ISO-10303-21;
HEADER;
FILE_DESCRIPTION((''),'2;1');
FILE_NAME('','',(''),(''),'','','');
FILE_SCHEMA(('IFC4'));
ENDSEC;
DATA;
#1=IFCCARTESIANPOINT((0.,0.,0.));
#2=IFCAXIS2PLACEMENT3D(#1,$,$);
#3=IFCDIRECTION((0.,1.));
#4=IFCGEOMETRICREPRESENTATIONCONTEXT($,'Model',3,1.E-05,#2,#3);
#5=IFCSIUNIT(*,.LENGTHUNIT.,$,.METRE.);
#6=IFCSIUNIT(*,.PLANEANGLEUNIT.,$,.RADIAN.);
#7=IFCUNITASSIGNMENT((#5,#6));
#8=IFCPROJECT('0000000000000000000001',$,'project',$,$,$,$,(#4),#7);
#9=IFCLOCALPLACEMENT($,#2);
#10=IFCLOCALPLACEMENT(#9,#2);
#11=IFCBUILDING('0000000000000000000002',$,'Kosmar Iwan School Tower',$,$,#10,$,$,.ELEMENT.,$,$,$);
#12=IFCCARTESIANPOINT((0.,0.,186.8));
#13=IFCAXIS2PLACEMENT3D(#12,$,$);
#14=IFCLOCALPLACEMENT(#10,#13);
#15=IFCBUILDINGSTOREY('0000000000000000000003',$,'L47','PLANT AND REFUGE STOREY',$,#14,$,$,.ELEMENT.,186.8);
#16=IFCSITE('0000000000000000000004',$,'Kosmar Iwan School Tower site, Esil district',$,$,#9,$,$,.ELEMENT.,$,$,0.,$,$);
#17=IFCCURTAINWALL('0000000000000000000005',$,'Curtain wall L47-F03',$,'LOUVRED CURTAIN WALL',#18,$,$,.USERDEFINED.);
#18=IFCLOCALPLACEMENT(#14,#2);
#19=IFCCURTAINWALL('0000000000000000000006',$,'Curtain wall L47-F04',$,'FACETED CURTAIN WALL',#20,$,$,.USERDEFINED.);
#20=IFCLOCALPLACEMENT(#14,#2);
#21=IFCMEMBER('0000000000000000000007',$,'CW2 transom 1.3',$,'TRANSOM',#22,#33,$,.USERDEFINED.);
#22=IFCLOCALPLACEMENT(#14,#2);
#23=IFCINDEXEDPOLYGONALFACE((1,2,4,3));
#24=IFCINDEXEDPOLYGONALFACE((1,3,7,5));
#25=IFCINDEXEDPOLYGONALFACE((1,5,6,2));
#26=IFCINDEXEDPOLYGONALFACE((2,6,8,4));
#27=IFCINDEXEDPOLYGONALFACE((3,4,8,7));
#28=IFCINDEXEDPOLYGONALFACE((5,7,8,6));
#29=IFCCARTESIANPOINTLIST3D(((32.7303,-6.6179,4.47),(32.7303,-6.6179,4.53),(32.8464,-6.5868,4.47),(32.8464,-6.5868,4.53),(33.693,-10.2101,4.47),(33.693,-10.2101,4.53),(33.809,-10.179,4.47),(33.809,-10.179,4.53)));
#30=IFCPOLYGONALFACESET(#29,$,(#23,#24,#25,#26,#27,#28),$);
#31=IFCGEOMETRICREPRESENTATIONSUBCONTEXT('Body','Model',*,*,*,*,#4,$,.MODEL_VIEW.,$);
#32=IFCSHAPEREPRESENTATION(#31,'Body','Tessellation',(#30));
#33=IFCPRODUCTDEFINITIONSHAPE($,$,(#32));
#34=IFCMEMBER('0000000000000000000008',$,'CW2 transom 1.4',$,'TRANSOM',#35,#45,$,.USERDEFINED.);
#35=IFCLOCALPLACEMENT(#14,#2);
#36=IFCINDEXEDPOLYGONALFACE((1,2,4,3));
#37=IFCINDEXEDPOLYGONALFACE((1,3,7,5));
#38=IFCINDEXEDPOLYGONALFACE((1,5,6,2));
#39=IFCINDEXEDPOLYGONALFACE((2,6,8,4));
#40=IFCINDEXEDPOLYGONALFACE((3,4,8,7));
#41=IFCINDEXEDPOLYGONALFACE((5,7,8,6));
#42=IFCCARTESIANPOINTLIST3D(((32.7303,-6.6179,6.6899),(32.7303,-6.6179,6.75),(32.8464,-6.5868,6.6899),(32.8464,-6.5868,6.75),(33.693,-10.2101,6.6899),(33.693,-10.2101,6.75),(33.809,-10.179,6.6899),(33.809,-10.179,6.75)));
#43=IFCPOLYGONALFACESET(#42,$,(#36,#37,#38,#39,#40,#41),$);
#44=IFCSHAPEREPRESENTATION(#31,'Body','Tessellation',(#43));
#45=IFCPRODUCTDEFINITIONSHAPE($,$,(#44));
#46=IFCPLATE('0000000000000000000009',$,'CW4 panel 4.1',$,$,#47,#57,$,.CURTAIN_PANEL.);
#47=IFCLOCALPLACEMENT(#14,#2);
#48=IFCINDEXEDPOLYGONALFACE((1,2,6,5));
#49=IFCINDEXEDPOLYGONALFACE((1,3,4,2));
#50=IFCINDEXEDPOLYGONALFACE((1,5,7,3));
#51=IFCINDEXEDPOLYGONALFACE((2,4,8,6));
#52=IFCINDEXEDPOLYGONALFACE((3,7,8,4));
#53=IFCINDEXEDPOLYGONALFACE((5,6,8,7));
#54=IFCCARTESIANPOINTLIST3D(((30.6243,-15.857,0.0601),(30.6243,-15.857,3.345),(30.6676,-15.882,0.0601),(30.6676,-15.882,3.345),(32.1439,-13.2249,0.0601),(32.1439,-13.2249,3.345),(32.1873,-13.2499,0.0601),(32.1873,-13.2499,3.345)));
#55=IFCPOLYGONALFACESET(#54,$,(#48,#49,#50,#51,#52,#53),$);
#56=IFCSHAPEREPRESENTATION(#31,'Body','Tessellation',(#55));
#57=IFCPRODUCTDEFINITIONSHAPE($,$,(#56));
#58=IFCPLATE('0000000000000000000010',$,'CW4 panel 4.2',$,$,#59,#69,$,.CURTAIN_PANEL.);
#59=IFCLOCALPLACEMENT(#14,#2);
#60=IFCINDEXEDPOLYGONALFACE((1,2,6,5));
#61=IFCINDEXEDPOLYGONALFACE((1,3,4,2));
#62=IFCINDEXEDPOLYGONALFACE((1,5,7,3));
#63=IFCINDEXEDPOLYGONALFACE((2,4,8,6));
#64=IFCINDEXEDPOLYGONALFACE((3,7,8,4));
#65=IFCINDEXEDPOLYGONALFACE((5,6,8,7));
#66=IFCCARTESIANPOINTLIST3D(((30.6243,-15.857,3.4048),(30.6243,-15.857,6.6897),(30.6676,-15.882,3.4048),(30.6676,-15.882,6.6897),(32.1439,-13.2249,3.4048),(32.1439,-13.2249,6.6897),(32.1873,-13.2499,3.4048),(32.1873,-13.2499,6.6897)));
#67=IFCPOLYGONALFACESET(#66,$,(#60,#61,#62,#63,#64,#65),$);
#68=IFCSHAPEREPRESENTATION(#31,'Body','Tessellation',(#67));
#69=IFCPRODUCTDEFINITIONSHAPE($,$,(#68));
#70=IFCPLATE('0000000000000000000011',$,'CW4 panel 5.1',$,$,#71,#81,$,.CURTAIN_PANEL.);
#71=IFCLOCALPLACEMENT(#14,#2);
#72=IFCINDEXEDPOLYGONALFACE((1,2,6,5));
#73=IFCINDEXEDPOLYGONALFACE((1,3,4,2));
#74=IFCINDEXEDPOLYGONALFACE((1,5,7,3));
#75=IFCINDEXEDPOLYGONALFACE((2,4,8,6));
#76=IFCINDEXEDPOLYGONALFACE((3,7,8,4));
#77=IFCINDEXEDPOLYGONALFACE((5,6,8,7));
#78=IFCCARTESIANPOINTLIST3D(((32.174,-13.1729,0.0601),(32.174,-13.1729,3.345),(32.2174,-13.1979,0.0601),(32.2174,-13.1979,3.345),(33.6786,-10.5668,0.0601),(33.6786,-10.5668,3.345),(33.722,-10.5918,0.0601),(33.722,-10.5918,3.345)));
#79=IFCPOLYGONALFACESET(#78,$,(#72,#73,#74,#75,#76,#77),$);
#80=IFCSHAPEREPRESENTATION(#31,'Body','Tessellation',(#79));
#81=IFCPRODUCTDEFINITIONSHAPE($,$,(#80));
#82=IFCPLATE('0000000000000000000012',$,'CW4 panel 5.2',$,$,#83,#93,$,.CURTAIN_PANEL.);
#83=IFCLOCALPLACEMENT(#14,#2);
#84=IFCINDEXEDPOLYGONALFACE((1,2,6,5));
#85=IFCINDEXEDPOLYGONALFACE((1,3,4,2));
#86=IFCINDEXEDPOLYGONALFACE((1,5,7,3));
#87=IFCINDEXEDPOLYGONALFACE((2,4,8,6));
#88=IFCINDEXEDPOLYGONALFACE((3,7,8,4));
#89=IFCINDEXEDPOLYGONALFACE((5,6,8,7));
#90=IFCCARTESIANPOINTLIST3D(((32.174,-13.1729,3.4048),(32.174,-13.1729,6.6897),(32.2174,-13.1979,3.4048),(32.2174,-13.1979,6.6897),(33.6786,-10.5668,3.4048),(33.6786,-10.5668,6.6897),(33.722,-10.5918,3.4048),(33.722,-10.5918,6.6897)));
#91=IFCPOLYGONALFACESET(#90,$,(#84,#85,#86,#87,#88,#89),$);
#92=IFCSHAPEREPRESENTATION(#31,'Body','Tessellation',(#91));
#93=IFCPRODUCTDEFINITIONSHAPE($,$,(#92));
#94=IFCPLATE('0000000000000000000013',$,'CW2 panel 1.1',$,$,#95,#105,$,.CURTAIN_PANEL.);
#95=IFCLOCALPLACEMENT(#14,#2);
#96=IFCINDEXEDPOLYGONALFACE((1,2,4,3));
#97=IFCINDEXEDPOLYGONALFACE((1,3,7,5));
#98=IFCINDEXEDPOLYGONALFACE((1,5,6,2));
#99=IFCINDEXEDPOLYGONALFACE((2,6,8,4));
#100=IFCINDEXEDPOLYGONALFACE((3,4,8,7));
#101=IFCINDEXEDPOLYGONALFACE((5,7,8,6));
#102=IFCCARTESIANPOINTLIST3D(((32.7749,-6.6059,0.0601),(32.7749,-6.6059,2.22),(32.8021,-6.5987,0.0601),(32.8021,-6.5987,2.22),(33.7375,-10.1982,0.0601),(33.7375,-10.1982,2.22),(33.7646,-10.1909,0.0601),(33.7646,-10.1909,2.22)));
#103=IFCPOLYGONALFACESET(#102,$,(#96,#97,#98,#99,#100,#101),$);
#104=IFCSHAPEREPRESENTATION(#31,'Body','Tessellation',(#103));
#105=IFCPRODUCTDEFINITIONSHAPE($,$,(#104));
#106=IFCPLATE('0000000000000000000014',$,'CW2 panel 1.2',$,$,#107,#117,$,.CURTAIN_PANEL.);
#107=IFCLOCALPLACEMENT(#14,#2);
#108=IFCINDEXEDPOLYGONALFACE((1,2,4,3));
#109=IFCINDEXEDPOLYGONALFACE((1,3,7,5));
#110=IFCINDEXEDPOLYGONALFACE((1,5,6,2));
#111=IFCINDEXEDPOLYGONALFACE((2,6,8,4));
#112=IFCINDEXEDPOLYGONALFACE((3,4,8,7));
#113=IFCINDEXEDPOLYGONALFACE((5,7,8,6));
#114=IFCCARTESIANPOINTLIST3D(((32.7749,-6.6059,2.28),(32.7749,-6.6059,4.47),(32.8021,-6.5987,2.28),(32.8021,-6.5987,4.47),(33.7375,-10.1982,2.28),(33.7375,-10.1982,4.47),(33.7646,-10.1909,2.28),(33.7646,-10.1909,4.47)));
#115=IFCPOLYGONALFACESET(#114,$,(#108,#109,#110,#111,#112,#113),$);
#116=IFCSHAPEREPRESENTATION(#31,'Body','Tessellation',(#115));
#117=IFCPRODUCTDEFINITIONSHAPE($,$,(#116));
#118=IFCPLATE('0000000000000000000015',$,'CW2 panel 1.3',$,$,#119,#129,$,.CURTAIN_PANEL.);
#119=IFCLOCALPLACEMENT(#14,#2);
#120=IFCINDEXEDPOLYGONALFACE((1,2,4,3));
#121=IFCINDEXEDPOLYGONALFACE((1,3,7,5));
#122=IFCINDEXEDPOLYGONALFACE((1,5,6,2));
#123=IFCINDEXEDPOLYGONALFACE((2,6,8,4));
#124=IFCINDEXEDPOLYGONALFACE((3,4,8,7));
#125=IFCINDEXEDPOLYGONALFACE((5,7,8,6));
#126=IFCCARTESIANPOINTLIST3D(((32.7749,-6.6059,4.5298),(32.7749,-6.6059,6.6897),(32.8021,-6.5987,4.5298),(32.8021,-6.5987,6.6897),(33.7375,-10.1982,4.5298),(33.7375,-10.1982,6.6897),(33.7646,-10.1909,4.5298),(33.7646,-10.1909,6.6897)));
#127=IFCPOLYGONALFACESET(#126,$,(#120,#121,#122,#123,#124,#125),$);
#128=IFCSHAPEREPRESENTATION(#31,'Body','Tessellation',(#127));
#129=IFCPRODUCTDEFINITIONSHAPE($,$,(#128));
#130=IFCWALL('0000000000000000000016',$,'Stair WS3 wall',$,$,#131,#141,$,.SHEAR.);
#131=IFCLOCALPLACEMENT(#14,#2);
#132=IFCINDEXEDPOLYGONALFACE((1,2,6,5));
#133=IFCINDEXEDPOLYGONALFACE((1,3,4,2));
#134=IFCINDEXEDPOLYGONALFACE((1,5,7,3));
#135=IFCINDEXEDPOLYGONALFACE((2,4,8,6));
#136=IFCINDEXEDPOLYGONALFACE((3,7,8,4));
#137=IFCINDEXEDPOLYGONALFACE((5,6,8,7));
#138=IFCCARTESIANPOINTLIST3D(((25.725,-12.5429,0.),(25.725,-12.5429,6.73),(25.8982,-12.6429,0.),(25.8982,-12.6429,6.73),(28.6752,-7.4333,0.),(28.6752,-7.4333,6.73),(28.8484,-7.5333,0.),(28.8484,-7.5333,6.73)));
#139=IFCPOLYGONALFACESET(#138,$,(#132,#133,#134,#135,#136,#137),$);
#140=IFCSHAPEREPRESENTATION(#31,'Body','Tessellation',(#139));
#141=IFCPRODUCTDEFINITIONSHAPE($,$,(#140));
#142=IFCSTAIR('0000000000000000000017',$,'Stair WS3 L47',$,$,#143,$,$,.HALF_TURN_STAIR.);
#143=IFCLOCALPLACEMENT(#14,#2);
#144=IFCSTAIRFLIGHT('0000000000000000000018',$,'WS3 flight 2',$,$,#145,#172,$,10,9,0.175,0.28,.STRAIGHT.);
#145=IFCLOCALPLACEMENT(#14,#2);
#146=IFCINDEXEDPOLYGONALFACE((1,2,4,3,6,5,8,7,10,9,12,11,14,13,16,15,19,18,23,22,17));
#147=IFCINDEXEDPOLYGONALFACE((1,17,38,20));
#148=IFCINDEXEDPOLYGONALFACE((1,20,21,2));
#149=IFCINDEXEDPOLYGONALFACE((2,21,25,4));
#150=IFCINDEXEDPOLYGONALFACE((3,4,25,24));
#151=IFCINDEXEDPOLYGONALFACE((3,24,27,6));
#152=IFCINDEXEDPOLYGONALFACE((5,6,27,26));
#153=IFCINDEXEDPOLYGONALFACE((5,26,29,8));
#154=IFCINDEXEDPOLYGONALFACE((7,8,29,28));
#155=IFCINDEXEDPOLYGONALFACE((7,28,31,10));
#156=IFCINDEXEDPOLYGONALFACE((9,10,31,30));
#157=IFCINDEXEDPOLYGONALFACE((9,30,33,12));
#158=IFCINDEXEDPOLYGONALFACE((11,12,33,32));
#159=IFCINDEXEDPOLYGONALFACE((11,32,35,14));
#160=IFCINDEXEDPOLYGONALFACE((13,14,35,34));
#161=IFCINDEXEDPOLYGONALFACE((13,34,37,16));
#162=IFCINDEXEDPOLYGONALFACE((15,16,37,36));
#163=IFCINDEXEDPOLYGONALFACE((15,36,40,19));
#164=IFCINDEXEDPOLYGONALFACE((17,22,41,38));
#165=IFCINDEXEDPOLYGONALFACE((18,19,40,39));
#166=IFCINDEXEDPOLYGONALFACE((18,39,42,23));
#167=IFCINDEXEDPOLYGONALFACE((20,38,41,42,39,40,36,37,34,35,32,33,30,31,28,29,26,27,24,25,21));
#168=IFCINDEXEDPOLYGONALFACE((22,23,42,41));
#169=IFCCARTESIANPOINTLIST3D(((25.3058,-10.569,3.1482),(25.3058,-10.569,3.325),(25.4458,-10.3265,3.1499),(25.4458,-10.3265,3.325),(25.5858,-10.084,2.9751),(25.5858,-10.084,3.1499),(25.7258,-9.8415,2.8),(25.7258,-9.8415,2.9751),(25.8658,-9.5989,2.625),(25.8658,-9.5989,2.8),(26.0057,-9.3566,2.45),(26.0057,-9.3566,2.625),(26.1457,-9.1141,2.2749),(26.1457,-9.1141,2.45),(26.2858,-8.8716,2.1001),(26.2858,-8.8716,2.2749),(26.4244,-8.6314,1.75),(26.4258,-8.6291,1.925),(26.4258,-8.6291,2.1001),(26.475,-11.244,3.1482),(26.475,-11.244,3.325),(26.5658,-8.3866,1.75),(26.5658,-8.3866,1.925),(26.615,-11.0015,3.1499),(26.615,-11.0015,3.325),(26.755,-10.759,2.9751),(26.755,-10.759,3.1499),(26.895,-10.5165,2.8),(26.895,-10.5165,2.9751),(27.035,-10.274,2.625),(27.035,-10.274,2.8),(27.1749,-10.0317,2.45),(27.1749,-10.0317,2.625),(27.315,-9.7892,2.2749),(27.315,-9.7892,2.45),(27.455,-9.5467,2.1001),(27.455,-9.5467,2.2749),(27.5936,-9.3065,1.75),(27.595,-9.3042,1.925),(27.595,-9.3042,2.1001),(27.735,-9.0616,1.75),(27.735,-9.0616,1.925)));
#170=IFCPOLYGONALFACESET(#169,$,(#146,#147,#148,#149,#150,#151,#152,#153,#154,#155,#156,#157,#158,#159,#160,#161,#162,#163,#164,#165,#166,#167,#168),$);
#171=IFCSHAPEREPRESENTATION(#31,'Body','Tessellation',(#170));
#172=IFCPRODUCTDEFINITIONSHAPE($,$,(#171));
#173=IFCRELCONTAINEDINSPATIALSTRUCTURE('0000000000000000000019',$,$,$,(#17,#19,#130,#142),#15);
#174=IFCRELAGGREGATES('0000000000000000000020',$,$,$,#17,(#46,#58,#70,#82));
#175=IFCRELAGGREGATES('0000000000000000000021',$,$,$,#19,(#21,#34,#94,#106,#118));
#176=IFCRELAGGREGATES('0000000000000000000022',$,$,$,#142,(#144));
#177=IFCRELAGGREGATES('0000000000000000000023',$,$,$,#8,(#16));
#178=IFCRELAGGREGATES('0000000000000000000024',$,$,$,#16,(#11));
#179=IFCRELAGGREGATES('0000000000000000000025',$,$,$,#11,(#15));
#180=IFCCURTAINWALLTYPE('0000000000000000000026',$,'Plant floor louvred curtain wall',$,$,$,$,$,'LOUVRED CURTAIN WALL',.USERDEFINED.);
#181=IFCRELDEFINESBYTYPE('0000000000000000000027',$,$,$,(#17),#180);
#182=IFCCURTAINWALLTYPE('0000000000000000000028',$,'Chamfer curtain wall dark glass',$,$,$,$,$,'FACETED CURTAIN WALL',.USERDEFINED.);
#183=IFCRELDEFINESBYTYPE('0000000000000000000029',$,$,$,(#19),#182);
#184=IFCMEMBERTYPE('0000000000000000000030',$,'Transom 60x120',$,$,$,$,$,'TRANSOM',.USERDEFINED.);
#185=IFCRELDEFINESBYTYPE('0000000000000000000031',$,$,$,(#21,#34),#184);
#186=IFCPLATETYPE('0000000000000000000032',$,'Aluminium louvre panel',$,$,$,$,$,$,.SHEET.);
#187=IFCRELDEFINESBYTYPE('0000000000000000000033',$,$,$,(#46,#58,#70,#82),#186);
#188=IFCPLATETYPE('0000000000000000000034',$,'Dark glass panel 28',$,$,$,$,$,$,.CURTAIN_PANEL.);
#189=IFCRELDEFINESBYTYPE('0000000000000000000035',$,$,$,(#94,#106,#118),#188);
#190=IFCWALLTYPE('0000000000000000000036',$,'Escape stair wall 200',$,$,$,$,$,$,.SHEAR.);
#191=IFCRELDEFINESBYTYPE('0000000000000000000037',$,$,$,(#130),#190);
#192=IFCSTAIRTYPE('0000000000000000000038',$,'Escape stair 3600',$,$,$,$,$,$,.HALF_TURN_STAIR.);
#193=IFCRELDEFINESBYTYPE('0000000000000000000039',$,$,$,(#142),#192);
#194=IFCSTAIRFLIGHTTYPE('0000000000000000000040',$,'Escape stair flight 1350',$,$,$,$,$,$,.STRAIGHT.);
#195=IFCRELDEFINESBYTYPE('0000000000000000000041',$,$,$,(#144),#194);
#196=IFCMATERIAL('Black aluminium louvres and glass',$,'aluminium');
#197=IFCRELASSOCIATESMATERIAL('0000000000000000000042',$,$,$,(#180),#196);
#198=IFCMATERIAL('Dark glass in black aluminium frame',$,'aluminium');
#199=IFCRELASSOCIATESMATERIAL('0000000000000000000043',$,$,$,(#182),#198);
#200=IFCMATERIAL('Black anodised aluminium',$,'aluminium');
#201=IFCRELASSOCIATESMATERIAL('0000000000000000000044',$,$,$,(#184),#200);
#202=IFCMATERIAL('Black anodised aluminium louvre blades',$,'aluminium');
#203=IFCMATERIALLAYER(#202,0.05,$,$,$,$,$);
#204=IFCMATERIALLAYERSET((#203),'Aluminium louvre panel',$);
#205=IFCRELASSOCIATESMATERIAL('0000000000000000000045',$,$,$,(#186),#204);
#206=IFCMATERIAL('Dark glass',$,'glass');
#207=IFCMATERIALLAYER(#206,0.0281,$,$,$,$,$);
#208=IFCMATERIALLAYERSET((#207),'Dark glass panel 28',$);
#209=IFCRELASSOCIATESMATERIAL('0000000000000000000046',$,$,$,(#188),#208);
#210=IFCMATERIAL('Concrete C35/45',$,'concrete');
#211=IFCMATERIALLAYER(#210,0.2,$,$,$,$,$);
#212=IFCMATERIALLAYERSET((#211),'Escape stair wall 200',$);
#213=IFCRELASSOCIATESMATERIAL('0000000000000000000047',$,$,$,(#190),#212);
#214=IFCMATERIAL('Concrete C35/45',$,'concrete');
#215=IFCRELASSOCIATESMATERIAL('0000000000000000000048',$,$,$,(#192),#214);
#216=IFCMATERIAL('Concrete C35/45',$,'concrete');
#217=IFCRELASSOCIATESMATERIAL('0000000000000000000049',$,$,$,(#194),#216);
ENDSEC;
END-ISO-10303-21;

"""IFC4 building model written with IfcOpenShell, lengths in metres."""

from ifc_helpers import new_model, si_unit, direction, frame, frame_2d, origin, origin_2d, place, context, subcontext, project, spatial, polyline, rectangle, outline, extrude, material, layer, layer_set, material_profile, profile_set, type_object, element, aggregate, save


model = new_model("IFC4")

# Units and contexts
model_context = context("Model", 3, precision=1e-05, world=origin(), true_north=direction((0.0, 1.0)))
body_context = subcontext(model_context, "Body", "Model", "MODEL_VIEW")
ifc_project = project(units=[si_unit("LENGTHUNIT", "METRE"), si_unit("PLANEANGLEUNIT", "RADIAN")], contexts=[model_context])

# Site, building, storey
site_placement = place(None, origin())
site = spatial("IfcSite", under=ifc_project, at=site_placement, Name="Kosmar Iwan School Tower site, Esil district", CompositionType="ELEMENT", RefElevation=0.0)
building_placement = place(site_placement, origin())
building = spatial("IfcBuilding", under=site, at=building_placement, Name="Kosmar Iwan School Tower", CompositionType="ELEMENT")
storey_placement = place(building_placement, frame((0.0, 0.0, 186.8)))
storey = spatial("IfcBuildingStorey", under=building, at=storey_placement, Name="L47", Description="PLANT AND REFUGE STOREY", CompositionType="ELEMENT", Elevation=186.8)

# Curtain walls
ifc_material_1 = material(Name="Black aluminium louvres and glass", Category="aluminium")
curtain_wall_type_1 = type_object("IfcCurtainWallType", Name="Plant floor louvred curtain wall", ElementType="LOUVRED CURTAIN WALL", PredefinedType="USERDEFINED", material=ifc_material_1)
curtain_wall_1_placement = place(storey_placement, origin())
curtain_wall_1 = element("IfcCurtainWall", 1, at=curtain_wall_1_placement, inside=storey, type_object=curtain_wall_type_1, Name="Curtain wall L47-F03", ObjectType="LOUVRED CURTAIN WALL", PredefinedType="USERDEFINED")
ifc_material_2 = material(Name="Dark glass in black aluminium frame", Category="aluminium")
curtain_wall_type_2 = type_object("IfcCurtainWallType", Name="Chamfer curtain wall dark glass", ElementType="FACETED CURTAIN WALL", PredefinedType="USERDEFINED", material=ifc_material_2)
curtain_wall_2_placement = place(storey_placement, origin())
curtain_wall_2 = element("IfcCurtainWall", 2, at=curtain_wall_2_placement, inside=storey, type_object=curtain_wall_type_2, Name="Curtain wall L47-F04", ObjectType="FACETED CURTAIN WALL", PredefinedType="USERDEFINED")

# Members
ifc_material_3 = material(Name="Black anodised aluminium", Category="aluminium")
ifc_material_profile_1 = material_profile(ifc_material_3, rectangle(XDim=0.1201, YDim=0.0601, at=origin_2d()), Name="TRANSOM 60x120")
ifc_profile_set_1 = profile_set([ifc_material_profile_1], Name="Black anodised aluminium")
member_type_1 = type_object("IfcMemberType", Name="Transom 60x120", ElementType="TRANSOM", PredefinedType="USERDEFINED", material=ifc_profile_set_1)
member_1_placement = place(storey_placement, frame((33.751, -10.1946, 4.5), z_axis=(-0.258843, 0.965919, 0.0), x_axis=(-0.965919, -0.258843, 0.0)))
member_1 = element("IfcMember", 3, at=member_1_placement, type_object=member_type_1, Name="CW2 transom 1.3", ObjectType="TRANSOM", PredefinedType="USERDEFINED", context=body_context, shape_type="SweptSolid", body=[
    extrude(rectangle(XDim=0.1201, YDim=0.0601, at=origin_2d()), origin(), (0.0, 0.0, 1.0), 3.719),
])
member_2_placement = place(storey_placement, frame((33.751, -10.1946, 6.72), z_axis=(-0.258843, 0.965919, 0.0), x_axis=(-0.965919, -0.258843, 0.0)))
member_2 = element("IfcMember", 4, at=member_2_placement, type_object=member_type_1, Name="CW2 transom 1.4", ObjectType="TRANSOM", PredefinedType="USERDEFINED", context=body_context, shape_type="SweptSolid", body=[
    extrude(rectangle(XDim=0.1201, YDim=0.0601, at=origin_2d()), origin(), (0.0, 0.0, 1.0), 3.719),
])

# Plates
ifc_material_4 = material(Name="Black anodised aluminium louvre blades", Category="aluminium")
ifc_layer_1 = layer(ifc_material_4, 0.05)
ifc_layer_set_1 = layer_set([ifc_layer_1], Name="Aluminium louvre panel")
plate_type_1 = type_object("IfcPlateType", Name="Aluminium louvre panel", PredefinedType="SHEET", material=ifc_layer_set_1)
plate_1_placement = place(storey_placement, frame((31.4058, -14.5535, 0.0601), z_axis=(0.0, 0.0, 1.0), x_axis=(0.5, 0.866025, 0.0)))
plate_1 = element("IfcPlate", 5, at=plate_1_placement, type_object=plate_type_1, Name="CW4 panel 4.1", PredefinedType="CURTAIN_PANEL", context=body_context, shape_type="SweptSolid", body=[
    extrude(rectangle(XDim=3.0393, YDim=0.05, at=origin_2d()), origin(), (0.0, 0.0, 1.0), 3.2849),
])
plate_2_placement = place(storey_placement, frame((31.4058, -14.5535, 3.4048), z_axis=(0.0, 0.0, 1.0), x_axis=(0.5, 0.866025, 0.0)))
plate_2 = element("IfcPlate", 6, at=plate_2_placement, type_object=plate_type_1, Name="CW4 panel 4.2", PredefinedType="CURTAIN_PANEL", context=body_context, shape_type="SweptSolid", body=[
    extrude(rectangle(XDim=3.0393, YDim=0.05, at=origin_2d()), origin(), (0.0, 0.0, 1.0), 3.2849),
])
plate_3_placement = place(storey_placement, frame((32.948, -11.8823, 0.0601), z_axis=(0.0, 0.0, 1.0), x_axis=(0.5, 0.866025, 0.0)))
plate_3 = element("IfcPlate", 7, at=plate_3_placement, type_object=plate_type_1, Name="CW4 panel 5.1", PredefinedType="CURTAIN_PANEL", context=body_context, shape_type="SweptSolid", body=[
    extrude(rectangle(XDim=3.0093, YDim=0.05, at=origin_2d()), origin(), (0.0, 0.0, 1.0), 3.2849),
])
plate_4_placement = place(storey_placement, frame((32.948, -11.8823, 3.4048), z_axis=(0.0, 0.0, 1.0), x_axis=(0.5, 0.866025, 0.0)))
plate_4 = element("IfcPlate", 8, at=plate_4_placement, type_object=plate_type_1, Name="CW4 panel 5.2", PredefinedType="CURTAIN_PANEL", context=body_context, shape_type="SweptSolid", body=[
    extrude(rectangle(XDim=3.0093, YDim=0.05, at=origin_2d()), origin(), (0.0, 0.0, 1.0), 3.2849),
])
aggregate(curtain_wall_1, [plate_1, plate_2, plate_3, plate_4])
ifc_material_5 = material(Name="Dark glass", Category="glass")
ifc_layer_2 = layer(ifc_material_5, 0.0281)
ifc_layer_set_2 = layer_set([ifc_layer_2], Name="Dark glass panel 28")
plate_type_2 = type_object("IfcPlateType", Name="Dark glass panel 28", PredefinedType="CURTAIN_PANEL", material=ifc_layer_set_2)
plate_5_placement = place(storey_placement, frame((33.2698, -8.3984, 0.0601), z_axis=(0.0, 0.0, 1.0), x_axis=(-0.258819, 0.965926, 0.0)))
plate_5 = element("IfcPlate", 9, at=plate_5_placement, type_object=plate_type_2, Name="CW2 panel 1.1", PredefinedType="CURTAIN_PANEL", context=body_context, shape_type="SweptSolid", body=[
    extrude(rectangle(XDim=3.719, YDim=0.0281, at=origin_2d()), origin(), (0.0, 0.0, 1.0), 2.1599),
])
plate_6_placement = place(storey_placement, frame((33.2698, -8.3984, 2.28), z_axis=(0.0, 0.0, 1.0), x_axis=(-0.258819, 0.965926, 0.0)))
plate_6 = element("IfcPlate", 10, at=plate_6_placement, type_object=plate_type_2, Name="CW2 panel 1.2", PredefinedType="CURTAIN_PANEL", context=body_context, shape_type="SweptSolid", body=[
    extrude(rectangle(XDim=3.719, YDim=0.0281, at=origin_2d()), origin(), (0.0, 0.0, 1.0), 2.1899),
])
plate_7_placement = place(storey_placement, frame((33.2698, -8.3984, 4.5298), z_axis=(0.0, 0.0, 1.0), x_axis=(-0.258819, 0.965926, 0.0)))
plate_7 = element("IfcPlate", 11, at=plate_7_placement, type_object=plate_type_2, Name="CW2 panel 1.3", PredefinedType="CURTAIN_PANEL", context=body_context, shape_type="SweptSolid", body=[
    extrude(rectangle(XDim=3.719, YDim=0.0281, at=origin_2d()), origin(), (0.0, 0.0, 1.0), 2.1599),
])
aggregate(curtain_wall_2, [member_1, member_2, plate_5, plate_6, plate_7])

# Wall
ifc_material_6 = material(Name="Concrete C35/45", Category="concrete")
ifc_layer_3 = layer(ifc_material_6, 0.2)
ifc_layer_set_3 = layer_set([ifc_layer_3], Name="Escape stair wall 200")
wall_type = type_object("IfcWallType", Name="Escape stair wall 200", PredefinedType="SHEAR", material=ifc_layer_set_3)
wall_placement = place(storey_placement, frame((25.8115, -12.593, 0.0), z_axis=(0.0, 0.0, 1.0), x_axis=(0.50002, 0.866014, 0.0)))
element("IfcWall", 12, at=wall_placement, inside=storey, type_object=wall_type, Name="Stair WS3 wall", PredefinedType="SHEAR", context=body_context, shape_type="SweptSolid", body=[
    extrude(rectangle(XDim=5.9001, YDim=0.2, at=frame_2d((2.9502, 0.0))), origin(), (0.0, 0.0, 1.0), 6.73),
])

# Stair, stair flight
ifc_material_7 = material(Name="Concrete C35/45", Category="concrete")
stair_type = type_object("IfcStairType", Name="Escape stair 3600", PredefinedType="HALF_TURN_STAIR", material=ifc_material_7)
stair_placement = place(storey_placement, origin())
stair = element("IfcStair", 13, at=stair_placement, inside=storey, type_object=stair_type, Name="Stair WS3 L47", PredefinedType="HALF_TURN_STAIR")
ifc_material_8 = material(Name="Concrete C35/45", Category="concrete")
stair_flight_type = type_object("IfcStairFlightType", Name="Escape stair flight 1350", PredefinedType="STRAIGHT", material=ifc_material_8)
stair_flight_1_placement = place(storey_placement, frame((27.1504, -8.7241, 1.75), z_axis=(0.0, 0.0, 1.0), x_axis=(-0.5, -0.866025, 0.0)))
stair_flight_1 = element("IfcStairFlight", 14, at=stair_flight_1_placement, type_object=stair_flight_type, Name="WS3 flight 2", NumberOfRisers=10, NumberOfTreads=9, PredefinedType="STRAIGHT", RiserHeight=0.175, TreadLength=0.28, context=body_context, shape_type="SweptSolid", body=[
    extrude(outline(polyline([(0.0, 0.0), (0.0, 0.175), (0.28, 0.175), (0.28, 0.3501), (0.5601, 0.3501), (0.5601, 0.5249), (0.8401, 0.5249), (0.8401, 0.7), (1.1201, 0.7), (1.1201, 0.875), (1.3999, 0.875), (1.3999, 1.05), (1.6799, 1.05), (1.6799, 1.2251), (1.96, 1.2251), (1.96, 1.3999), (2.24, 1.3999), (2.24, 1.575), (2.52, 1.575), (2.52, 1.75), (2.52, 1.3982), (0.2827, 0.0), (0.0, 0.0)])), frame((0.0, 0.675, 0.0), z_axis=(0.0, -1.0, 0.0), x_axis=(1.0, 0.0, 0.0)), (0.0, 0.0, 1.0), 1.3501),
])
aggregate(stair, [stair_flight_1])

save(model, "model.ifc")
